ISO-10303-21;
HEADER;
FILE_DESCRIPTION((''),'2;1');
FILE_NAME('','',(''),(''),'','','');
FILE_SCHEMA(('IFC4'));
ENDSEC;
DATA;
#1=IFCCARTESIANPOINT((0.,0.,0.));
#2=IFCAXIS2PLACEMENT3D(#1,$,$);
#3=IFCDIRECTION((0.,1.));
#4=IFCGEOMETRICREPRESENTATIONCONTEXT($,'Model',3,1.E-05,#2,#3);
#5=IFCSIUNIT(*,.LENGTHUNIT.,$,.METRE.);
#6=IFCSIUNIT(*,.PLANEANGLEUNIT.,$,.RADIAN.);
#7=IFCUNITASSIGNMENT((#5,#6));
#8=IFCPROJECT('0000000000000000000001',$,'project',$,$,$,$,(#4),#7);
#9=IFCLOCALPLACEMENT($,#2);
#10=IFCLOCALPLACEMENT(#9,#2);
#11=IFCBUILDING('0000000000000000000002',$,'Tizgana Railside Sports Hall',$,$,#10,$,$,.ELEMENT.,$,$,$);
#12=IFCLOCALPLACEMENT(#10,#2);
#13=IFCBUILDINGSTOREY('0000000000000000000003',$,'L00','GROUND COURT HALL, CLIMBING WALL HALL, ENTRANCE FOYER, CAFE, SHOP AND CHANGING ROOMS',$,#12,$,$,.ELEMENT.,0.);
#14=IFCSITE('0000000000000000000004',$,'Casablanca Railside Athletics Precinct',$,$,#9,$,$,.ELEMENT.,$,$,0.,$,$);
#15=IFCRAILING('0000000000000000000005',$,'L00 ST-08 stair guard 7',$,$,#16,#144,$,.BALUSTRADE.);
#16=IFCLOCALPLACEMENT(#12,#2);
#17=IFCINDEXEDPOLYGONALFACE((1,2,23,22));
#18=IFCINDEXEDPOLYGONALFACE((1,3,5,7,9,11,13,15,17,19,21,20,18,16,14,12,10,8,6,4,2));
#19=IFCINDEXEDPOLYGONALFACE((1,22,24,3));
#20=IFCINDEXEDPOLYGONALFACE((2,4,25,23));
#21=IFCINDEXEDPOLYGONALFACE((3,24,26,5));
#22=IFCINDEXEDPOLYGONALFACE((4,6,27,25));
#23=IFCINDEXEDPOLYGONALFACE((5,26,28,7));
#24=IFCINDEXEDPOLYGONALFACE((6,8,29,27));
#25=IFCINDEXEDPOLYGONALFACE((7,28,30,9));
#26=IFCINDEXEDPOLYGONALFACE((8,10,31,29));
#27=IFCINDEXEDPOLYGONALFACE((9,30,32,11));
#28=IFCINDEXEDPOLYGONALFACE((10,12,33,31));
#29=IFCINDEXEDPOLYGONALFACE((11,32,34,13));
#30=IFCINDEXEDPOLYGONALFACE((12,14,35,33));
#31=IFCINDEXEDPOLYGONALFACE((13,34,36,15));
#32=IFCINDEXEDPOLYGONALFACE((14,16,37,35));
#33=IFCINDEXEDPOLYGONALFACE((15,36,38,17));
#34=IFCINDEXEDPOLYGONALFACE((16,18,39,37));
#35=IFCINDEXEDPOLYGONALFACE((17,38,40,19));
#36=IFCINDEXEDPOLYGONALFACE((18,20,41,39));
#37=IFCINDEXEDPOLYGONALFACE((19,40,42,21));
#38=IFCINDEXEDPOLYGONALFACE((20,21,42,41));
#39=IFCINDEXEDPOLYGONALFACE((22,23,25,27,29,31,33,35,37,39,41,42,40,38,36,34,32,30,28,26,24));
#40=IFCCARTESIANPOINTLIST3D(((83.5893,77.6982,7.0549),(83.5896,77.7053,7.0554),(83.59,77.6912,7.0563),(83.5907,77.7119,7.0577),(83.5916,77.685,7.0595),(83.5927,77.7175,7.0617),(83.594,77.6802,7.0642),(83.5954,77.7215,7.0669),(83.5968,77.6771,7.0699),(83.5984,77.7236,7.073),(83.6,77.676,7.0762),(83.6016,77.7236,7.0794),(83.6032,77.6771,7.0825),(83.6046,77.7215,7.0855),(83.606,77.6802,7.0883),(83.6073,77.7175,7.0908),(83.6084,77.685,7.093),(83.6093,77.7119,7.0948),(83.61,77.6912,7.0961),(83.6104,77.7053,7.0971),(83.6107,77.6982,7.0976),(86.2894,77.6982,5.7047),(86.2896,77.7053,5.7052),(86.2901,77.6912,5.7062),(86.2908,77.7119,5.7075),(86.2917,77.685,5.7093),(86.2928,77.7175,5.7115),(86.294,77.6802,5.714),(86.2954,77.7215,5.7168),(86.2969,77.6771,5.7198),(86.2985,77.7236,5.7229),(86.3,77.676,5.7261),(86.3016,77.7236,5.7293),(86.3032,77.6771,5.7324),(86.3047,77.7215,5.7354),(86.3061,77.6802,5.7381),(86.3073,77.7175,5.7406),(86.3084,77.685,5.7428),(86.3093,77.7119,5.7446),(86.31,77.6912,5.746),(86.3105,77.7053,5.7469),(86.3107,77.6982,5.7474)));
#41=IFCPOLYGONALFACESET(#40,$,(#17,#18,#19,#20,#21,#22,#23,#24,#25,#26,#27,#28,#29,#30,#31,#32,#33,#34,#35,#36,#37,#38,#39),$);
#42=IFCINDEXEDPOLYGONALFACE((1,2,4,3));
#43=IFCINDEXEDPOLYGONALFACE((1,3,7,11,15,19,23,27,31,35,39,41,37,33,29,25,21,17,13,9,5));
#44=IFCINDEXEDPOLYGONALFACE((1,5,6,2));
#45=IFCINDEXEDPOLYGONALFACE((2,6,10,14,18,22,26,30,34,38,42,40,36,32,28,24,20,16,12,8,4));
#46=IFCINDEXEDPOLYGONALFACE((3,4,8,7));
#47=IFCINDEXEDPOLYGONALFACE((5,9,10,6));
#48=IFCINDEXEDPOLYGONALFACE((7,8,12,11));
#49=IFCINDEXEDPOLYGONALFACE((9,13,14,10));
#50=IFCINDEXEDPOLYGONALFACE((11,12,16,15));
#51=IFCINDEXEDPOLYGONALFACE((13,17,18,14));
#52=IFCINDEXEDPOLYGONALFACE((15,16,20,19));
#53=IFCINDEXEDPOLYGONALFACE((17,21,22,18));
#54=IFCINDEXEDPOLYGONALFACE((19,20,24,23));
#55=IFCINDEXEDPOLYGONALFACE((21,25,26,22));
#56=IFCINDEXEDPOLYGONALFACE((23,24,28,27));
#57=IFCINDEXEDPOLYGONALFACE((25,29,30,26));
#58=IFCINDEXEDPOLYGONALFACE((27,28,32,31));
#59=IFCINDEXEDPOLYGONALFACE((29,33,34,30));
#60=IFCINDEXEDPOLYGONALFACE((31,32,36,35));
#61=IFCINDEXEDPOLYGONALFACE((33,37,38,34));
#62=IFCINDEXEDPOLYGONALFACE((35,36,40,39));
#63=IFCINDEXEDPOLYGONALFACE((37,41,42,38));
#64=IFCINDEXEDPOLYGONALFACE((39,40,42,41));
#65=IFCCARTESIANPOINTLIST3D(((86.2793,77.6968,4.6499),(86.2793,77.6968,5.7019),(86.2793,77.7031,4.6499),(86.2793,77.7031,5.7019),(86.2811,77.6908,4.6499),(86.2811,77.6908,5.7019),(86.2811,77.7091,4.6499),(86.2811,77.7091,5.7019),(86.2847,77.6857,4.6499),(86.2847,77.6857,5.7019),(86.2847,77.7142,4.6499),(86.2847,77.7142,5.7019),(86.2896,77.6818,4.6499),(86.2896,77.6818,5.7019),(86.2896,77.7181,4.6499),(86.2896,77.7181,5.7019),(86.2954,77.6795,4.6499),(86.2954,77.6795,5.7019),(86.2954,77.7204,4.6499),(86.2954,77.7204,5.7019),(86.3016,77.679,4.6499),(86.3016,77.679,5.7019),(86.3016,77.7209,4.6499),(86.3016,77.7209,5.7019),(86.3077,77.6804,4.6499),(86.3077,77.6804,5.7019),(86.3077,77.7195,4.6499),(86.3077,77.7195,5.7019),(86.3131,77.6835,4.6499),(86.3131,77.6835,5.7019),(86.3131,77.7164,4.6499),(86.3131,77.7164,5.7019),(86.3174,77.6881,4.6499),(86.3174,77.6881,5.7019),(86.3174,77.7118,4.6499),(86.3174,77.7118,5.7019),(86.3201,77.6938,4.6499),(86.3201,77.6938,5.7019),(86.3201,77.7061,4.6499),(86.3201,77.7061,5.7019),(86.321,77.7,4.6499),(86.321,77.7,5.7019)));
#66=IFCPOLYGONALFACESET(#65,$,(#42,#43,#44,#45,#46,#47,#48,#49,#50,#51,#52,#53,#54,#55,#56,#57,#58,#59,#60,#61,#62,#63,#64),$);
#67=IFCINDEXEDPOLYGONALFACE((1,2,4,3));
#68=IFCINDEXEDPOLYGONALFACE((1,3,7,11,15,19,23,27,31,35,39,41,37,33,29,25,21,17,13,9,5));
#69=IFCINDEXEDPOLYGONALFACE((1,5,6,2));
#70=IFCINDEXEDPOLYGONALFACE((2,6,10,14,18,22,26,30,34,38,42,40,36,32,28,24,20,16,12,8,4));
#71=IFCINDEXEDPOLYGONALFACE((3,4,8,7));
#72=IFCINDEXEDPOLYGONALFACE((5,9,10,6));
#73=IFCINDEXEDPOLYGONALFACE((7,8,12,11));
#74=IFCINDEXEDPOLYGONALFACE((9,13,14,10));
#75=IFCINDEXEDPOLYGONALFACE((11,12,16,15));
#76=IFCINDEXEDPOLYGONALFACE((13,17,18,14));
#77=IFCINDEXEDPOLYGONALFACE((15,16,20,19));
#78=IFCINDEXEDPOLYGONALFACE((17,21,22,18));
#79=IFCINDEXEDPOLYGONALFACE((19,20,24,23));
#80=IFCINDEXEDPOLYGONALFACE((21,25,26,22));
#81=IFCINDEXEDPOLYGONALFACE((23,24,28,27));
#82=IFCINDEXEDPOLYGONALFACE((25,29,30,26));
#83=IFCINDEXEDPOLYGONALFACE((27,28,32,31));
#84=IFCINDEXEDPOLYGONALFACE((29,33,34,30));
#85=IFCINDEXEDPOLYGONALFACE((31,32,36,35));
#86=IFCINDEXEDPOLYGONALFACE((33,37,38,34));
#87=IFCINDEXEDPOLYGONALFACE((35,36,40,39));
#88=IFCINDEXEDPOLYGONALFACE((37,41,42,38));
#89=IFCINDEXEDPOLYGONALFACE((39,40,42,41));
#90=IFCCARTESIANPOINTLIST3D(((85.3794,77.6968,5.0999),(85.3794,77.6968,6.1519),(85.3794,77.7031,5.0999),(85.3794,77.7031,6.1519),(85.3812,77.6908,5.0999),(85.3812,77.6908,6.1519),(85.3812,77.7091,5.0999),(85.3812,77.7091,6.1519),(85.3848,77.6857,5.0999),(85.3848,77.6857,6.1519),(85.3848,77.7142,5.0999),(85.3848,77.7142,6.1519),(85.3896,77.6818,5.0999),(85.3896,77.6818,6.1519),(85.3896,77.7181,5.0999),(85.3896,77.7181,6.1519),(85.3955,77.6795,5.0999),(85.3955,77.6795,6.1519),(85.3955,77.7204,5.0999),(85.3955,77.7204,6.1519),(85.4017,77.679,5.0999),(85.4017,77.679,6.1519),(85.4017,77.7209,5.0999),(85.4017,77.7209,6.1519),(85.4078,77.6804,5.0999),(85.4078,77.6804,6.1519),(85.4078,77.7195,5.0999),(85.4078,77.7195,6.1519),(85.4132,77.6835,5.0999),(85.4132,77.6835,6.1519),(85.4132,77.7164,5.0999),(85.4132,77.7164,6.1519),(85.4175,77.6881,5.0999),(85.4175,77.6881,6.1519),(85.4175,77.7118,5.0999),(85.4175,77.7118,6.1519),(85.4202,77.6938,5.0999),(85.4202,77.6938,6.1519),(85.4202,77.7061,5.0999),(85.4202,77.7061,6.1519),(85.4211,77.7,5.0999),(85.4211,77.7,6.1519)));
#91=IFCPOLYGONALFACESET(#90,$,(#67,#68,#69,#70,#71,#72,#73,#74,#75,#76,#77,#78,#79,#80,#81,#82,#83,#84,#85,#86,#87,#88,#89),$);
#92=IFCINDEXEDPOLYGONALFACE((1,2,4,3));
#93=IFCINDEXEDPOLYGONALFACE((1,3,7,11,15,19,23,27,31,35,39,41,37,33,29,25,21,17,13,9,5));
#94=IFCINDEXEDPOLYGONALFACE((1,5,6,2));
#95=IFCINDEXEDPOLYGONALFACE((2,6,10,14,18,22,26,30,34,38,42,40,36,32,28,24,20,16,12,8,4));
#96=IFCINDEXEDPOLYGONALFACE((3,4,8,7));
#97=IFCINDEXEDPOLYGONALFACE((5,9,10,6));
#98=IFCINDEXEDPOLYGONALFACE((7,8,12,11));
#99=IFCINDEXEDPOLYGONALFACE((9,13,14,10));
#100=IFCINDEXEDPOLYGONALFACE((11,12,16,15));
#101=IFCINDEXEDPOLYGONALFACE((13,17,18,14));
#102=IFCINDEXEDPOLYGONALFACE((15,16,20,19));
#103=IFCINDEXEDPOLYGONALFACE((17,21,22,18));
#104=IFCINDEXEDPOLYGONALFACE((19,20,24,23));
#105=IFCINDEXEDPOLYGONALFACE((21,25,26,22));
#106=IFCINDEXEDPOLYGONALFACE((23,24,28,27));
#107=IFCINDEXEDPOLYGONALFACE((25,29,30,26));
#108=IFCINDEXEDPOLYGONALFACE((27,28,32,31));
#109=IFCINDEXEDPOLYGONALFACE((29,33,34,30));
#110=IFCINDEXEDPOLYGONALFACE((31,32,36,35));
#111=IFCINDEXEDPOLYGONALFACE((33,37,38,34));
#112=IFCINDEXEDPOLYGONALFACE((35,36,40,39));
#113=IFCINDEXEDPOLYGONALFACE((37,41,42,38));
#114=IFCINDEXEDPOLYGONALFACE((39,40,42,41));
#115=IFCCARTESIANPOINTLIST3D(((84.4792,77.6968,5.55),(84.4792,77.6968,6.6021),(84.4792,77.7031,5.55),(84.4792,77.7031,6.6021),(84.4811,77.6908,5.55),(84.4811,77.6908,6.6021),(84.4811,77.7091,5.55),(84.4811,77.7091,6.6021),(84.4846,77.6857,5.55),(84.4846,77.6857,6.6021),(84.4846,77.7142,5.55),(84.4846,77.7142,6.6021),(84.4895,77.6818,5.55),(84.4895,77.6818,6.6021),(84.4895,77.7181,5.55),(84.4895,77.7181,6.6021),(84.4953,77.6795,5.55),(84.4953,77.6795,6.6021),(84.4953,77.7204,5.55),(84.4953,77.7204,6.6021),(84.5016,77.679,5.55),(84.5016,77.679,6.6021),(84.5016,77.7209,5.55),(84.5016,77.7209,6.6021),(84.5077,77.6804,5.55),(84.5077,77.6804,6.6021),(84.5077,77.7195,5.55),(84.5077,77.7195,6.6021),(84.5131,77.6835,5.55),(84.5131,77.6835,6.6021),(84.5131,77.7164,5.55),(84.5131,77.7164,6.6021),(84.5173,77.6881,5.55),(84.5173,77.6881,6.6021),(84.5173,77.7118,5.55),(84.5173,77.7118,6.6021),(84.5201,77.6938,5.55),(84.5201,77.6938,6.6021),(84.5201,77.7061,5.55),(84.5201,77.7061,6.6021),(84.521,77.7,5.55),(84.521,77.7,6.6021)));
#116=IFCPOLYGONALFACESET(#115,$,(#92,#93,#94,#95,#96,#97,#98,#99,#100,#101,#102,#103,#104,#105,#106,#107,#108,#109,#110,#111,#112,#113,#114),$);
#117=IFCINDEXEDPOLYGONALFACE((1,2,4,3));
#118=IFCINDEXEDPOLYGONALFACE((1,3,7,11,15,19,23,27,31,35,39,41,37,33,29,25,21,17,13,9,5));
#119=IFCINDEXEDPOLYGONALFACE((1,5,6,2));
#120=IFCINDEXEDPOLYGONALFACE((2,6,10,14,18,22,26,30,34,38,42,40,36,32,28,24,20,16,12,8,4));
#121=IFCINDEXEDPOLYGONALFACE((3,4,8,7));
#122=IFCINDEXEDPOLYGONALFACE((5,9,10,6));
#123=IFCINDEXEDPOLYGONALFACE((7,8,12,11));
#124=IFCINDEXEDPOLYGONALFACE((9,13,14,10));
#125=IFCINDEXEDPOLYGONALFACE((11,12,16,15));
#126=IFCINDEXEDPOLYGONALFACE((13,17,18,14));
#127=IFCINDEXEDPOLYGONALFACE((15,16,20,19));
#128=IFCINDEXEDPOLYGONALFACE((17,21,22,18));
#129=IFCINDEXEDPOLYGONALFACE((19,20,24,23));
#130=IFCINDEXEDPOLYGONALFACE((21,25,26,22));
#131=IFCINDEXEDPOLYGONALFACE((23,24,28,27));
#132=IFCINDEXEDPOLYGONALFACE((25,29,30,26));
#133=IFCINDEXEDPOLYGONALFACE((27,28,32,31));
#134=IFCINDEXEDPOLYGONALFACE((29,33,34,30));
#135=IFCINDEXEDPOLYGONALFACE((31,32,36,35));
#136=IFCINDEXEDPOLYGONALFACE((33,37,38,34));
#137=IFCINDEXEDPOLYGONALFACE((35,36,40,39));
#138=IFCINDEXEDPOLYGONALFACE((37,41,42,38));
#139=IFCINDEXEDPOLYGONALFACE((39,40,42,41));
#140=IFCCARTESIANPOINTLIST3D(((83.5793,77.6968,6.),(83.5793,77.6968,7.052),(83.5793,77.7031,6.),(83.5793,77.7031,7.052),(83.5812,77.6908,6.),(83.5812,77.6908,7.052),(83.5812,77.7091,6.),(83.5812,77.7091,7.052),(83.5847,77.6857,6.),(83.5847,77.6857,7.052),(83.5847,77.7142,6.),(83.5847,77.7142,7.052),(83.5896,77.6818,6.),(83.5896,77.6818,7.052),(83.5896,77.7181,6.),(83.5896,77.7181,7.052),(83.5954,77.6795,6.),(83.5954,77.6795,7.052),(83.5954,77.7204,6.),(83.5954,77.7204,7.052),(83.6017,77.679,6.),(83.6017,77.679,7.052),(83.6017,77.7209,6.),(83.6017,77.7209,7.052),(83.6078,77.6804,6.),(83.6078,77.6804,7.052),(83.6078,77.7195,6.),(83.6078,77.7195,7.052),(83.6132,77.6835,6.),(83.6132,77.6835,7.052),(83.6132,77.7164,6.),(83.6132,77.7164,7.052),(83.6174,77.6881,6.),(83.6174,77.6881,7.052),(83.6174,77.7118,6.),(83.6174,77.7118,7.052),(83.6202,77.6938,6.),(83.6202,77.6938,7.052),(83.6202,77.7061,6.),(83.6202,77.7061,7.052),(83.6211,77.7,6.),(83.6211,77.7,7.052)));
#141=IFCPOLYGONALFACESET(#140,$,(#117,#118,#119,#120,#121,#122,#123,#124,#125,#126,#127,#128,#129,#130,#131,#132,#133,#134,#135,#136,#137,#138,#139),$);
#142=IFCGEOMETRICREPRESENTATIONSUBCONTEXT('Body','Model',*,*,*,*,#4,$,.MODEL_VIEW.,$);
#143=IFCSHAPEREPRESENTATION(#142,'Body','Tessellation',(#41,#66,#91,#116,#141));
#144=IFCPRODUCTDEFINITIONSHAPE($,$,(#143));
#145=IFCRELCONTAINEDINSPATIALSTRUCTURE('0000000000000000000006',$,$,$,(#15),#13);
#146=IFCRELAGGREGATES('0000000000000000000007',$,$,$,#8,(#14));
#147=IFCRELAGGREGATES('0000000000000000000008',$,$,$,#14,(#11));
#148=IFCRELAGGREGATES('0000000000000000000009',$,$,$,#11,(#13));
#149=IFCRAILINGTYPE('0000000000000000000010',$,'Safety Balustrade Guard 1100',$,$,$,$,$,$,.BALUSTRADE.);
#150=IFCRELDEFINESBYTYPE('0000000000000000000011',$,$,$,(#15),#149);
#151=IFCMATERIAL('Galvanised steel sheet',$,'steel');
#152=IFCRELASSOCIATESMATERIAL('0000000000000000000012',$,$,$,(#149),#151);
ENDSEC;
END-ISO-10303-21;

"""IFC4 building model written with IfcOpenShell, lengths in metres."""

from ifc_helpers import new_model, si_unit, direction, frame, origin, origin_2d, place, context, subcontext, project, spatial, circle, extrude, material, type_object, element, save


model = new_model("IFC4")

# Units and contexts
model_context = context("Model", 3, precision=1e-05, world=origin(), true_north=direction((0.0, 1.0)))
body_context = subcontext(model_context, "Body", "Model", "MODEL_VIEW")
ifc_project = project(units=[si_unit("LENGTHUNIT", "METRE"), si_unit("PLANEANGLEUNIT", "RADIAN")], contexts=[model_context])

# Site, building, storey
site_placement = place(None, origin())
site = spatial("IfcSite", under=ifc_project, at=site_placement, Name="Casablanca Railside Athletics Precinct", CompositionType="ELEMENT", RefElevation=0.0)
building_placement = place(site_placement, origin())
building = spatial("IfcBuilding", under=site, at=building_placement, Name="Tizgana Railside Sports Hall", CompositionType="ELEMENT")
storey_placement = place(building_placement, origin())
storey = spatial("IfcBuildingStorey", under=building, at=storey_placement, Name="L00", Description="GROUND COURT HALL, CLIMBING WALL HALL, ENTRANCE FOYER, CAFE, SHOP AND CHANGING ROOMS", CompositionType="ELEMENT", Elevation=0.0)

# Shared definitions
ifc_material_1 = material(Name="Galvanised steel sheet", Category="steel")

# Railing
railing_type_1 = type_object("IfcRailingType", Name="Safety Balustrade Guard 1100", PredefinedType="BALUSTRADE", material=ifc_material_1)
railing_1_placement = place(storey_placement, frame((86.3, 77.7, 4.6499)))
element("IfcRailing", 1, at=railing_1_placement, inside=storey, type_object=railing_type_1, Name="L00 ST-08 stair guard 7", PredefinedType="BALUSTRADE", context=body_context, shape_type="SweptSolid", body=[
    extrude(circle(Radius=0.0239, at=origin_2d()), frame((0.0, 0.0, 1.0762), z_axis=(-0.894411, 0.0, 0.447246), x_axis=(0.0, -1.0, 0.0)), (0.0, 0.0, 1.0), 3.0188),
    extrude(circle(Radius=0.021, at=origin_2d()), origin(), (0.0, 0.0, 1.0), 1.052),
    extrude(circle(Radius=0.021, at=origin_2d()), frame((-0.8999, 0.0, 0.45)), (0.0, 0.0, 1.0), 1.052),
    extrude(circle(Radius=0.021, at=origin_2d()), frame((-1.8, 0.0, 0.9001)), (0.0, 0.0, 1.0), 1.052),
    extrude(circle(Radius=0.021, at=origin_2d()), frame((-2.7, 0.0, 1.3501)), (0.0, 0.0, 1.0), 1.052),
])

save(model, "model.ifc")
